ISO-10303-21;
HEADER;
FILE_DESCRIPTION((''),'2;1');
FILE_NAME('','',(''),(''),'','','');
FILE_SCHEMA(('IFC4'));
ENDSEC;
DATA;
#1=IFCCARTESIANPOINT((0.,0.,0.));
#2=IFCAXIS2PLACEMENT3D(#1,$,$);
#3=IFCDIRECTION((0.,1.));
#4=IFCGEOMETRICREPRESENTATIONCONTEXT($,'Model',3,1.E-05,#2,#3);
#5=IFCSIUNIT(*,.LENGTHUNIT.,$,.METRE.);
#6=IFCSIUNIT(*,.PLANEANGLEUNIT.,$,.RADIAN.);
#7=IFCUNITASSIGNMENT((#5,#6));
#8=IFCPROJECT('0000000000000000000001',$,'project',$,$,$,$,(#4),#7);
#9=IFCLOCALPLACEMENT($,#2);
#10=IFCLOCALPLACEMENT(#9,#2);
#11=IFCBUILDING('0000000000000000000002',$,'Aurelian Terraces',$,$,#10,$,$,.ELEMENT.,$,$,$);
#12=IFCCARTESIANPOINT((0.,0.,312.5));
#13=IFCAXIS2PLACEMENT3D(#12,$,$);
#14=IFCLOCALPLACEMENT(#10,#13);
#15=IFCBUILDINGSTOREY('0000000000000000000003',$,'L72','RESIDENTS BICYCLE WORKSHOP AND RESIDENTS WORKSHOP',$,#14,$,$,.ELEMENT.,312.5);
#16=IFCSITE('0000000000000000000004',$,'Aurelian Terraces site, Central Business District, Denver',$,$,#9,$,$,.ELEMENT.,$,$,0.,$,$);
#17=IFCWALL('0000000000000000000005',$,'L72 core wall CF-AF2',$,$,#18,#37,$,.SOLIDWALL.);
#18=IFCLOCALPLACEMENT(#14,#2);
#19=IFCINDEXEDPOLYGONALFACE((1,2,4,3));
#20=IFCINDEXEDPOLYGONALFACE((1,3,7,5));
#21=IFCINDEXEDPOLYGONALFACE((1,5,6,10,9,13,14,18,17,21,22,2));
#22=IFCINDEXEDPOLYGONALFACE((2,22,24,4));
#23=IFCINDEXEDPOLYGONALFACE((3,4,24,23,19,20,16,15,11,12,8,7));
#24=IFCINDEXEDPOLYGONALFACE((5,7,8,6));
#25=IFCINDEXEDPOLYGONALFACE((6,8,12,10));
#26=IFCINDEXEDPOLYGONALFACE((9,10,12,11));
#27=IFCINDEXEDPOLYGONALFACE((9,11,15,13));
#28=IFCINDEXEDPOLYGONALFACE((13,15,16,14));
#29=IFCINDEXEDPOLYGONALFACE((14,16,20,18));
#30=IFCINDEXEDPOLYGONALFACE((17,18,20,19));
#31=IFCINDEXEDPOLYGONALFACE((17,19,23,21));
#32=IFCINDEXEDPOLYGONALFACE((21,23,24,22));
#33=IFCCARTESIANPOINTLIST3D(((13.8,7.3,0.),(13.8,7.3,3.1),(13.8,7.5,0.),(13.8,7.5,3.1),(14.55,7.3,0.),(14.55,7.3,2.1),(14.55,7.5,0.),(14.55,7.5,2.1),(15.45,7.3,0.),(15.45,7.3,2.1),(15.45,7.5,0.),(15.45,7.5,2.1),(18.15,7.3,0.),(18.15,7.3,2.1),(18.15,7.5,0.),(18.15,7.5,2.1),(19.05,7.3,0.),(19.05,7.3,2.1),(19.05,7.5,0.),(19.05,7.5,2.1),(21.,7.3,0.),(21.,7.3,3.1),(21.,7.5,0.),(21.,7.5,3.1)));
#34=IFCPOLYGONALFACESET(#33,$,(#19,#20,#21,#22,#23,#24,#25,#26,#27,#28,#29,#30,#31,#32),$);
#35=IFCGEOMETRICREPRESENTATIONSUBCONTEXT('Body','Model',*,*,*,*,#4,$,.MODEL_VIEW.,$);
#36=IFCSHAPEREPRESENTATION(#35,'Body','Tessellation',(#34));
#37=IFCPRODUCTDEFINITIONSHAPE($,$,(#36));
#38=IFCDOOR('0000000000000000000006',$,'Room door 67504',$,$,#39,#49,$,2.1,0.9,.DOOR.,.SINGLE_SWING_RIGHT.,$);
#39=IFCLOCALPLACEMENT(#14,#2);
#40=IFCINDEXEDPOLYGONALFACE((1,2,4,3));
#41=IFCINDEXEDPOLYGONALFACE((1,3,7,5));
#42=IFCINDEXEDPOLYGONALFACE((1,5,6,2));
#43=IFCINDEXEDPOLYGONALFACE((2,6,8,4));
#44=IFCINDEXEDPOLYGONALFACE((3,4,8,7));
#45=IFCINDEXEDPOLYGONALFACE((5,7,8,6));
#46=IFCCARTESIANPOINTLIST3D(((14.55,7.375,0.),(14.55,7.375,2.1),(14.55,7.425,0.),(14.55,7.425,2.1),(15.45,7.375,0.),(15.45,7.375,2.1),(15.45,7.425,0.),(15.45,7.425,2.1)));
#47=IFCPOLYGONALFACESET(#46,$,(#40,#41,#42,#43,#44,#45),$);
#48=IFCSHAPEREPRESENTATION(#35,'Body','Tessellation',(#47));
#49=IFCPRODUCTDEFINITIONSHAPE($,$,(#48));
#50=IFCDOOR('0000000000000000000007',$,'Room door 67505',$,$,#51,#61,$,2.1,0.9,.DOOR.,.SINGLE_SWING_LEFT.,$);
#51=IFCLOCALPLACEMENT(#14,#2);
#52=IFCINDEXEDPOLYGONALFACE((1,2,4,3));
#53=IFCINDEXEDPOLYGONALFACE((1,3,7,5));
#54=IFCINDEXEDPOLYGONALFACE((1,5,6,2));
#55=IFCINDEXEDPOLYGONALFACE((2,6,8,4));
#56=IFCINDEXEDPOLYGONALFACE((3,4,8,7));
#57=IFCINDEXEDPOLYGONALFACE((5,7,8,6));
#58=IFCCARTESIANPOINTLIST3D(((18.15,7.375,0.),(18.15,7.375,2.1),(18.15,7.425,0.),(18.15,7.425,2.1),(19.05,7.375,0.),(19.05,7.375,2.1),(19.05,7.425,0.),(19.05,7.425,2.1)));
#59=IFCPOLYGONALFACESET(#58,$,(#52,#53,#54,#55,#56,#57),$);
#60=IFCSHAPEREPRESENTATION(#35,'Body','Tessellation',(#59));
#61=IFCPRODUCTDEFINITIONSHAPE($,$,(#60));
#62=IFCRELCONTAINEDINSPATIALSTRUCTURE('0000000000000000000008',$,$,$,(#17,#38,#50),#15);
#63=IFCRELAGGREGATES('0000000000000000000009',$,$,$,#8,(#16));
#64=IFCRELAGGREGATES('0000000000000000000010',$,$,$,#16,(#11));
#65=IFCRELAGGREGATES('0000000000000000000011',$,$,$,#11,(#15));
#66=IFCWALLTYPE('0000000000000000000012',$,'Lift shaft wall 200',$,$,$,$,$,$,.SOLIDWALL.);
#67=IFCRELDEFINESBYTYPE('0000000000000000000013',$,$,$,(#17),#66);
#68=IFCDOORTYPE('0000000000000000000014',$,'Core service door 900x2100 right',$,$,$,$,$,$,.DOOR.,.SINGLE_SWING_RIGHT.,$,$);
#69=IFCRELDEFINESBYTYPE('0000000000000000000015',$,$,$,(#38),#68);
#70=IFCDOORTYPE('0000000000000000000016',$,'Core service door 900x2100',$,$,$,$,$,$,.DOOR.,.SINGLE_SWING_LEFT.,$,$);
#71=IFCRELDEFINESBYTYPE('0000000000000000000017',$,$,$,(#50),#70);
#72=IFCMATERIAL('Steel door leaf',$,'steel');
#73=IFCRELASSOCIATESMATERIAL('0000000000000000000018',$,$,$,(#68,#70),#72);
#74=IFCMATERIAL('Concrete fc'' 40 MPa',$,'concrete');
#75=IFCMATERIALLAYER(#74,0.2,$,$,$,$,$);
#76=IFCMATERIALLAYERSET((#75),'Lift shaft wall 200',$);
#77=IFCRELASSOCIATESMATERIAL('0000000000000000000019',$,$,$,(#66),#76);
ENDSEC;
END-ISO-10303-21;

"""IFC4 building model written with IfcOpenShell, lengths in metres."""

from ifc_helpers import new_model, si_unit, direction, frame, frame_2d, origin, place, context, subcontext, project, spatial, rectangle, extrude, source, transform, mapped, material, layer, layer_set, type_object, element, fill, save


model = new_model("IFC4")

# Units and contexts
model_context = context("Model", 3, precision=1e-05, world=origin(), true_north=direction((0.0, 1.0)))
body_context = subcontext(model_context, "Body", "Model", "MODEL_VIEW")
ifc_project = project(units=[si_unit("LENGTHUNIT", "METRE"), si_unit("PLANEANGLEUNIT", "RADIAN")], contexts=[model_context])

# Site, building, storey
site_placement = place(None, origin())
site = spatial("IfcSite", under=ifc_project, at=site_placement, Name="Aurelian Terraces site, Central Business District, Denver", CompositionType="ELEMENT", RefElevation=0.0)
building_placement = place(site_placement, origin())
building = spatial("IfcBuilding", under=site, at=building_placement, Name="Aurelian Terraces", CompositionType="ELEMENT")
storey_placement = place(building_placement, frame((0.0, 0.0, 312.5)))
storey = spatial("IfcBuildingStorey", under=building, at=storey_placement, Name="L72", Description="RESIDENTS BICYCLE WORKSHOP AND RESIDENTS WORKSHOP", CompositionType="ELEMENT", Elevation=312.5)

# Shared definitions
ifc_material_1 = material(Name="Steel door leaf", Category="steel")
door_type_1 = type_object("IfcDoorType", Name="Core service door 900x2100 right", OperationType="SINGLE_SWING_RIGHT", PredefinedType="DOOR", material=ifc_material_1)
shared_shape_1 = source(origin(), body_context, "Body", "SweptSolid", [
    extrude(rectangle(XDim=0.9, YDim=2.1, at=frame_2d((0.45, 1.05))), frame((0.0, 0.025, 0.0), z_axis=(0.0, -1.0, 0.0), x_axis=(1.0, 0.0, 0.0)), (0.0, 0.0, 1.0), 0.05),
])

# Shared definitions
ifc_material_2 = material(Name="Concrete fc' 40 MPa", Category="concrete")
ifc_layer_1 = layer(ifc_material_2, 0.2)
ifc_layer_set_1 = layer_set([ifc_layer_1], Name="Lift shaft wall 200")
wall_type_1 = type_object("IfcWallType", Name="Lift shaft wall 200", PredefinedType="SOLIDWALL", material=ifc_layer_set_1)

# Shared definitions
shared_shape_2 = source(origin(), body_context, "Body", "SweptSolid", [
    extrude(rectangle(XDim=0.9, YDim=2.1, at=frame_2d((0.45, 1.05))), frame((0.0, 0.11, 0.0), z_axis=(0.0, -1.0, 0.0), x_axis=(1.0, 0.0, 0.0)), (0.0, 0.0, 1.0), 0.22),
])
door_type_2 = type_object("IfcDoorType", Name="Core service door 900x2100", OperationType="SINGLE_SWING_LEFT", PredefinedType="DOOR", material=ifc_material_1)

# Wall, openings, doors
shared_shape_3 = source(origin(), body_context, "Body", "SweptSolid", [
    extrude(rectangle(XDim=7.2, YDim=0.2, at=frame_2d((3.6, 0.0))), origin(), (0.0, 0.0, 1.0), 3.1),
])
wall_1_placement = place(storey_placement, frame((13.8, 7.4, 0.0), z_axis=(0.0, 0.0, 1.0), x_axis=(1.0, 0.0, 0.0)))
wall_1 = element("IfcWall", 1, at=wall_1_placement, inside=storey, type_object=wall_type_1, Name="L72 core wall CF-AF2", PredefinedType="SOLIDWALL", context=body_context, shape_type="MappedRepresentation", body=[
    mapped(shared_shape_3, transform((0.0, 0.0, 0.0), scale=1.0)),
])
opening_1_placement = place(wall_1_placement, frame((0.75, 0.0, 0.0)))
opening_1 = element("IfcOpeningElement", 2, at=opening_1_placement, cuts=wall_1, PredefinedType="OPENING", context=body_context, shape_type="MappedRepresentation", body=[
    mapped(shared_shape_2, transform((0.0, 0.0, 0.0), scale=1.0)),
])
opening_2_placement = place(wall_1_placement, frame((4.35, 0.0, 0.0)))
opening_2 = element("IfcOpeningElement", 3, at=opening_2_placement, cuts=wall_1, PredefinedType="OPENING", context=body_context, shape_type="MappedRepresentation", body=[
    mapped(shared_shape_2, transform((0.0, 0.0, 0.0), scale=1.0)),
])
door_1_placement = place(opening_1_placement, origin())
door_1 = element("IfcDoor", 4, at=door_1_placement, inside=storey, type_object=door_type_1, Name="Room door 67504", OperationType="SINGLE_SWING_RIGHT", OverallHeight=2.1, OverallWidth=0.9, PredefinedType="DOOR", context=body_context, shape_type="MappedRepresentation", body=[
    mapped(shared_shape_1, transform((0.0, 0.0, 0.0), scale=1.0)),
])
fill(opening_1, door_1)
door_2_placement = place(opening_2_placement, origin())
door_2 = element("IfcDoor", 5, at=door_2_placement, inside=storey, type_object=door_type_2, Name="Room door 67505", OperationType="SINGLE_SWING_LEFT", OverallHeight=2.1, OverallWidth=0.9, PredefinedType="DOOR", context=body_context, shape_type="MappedRepresentation", body=[
    mapped(shared_shape_1, transform((0.0, 0.0, 0.0), scale=1.0)),
])
fill(opening_2, door_2)

save(model, "model.ifc")
